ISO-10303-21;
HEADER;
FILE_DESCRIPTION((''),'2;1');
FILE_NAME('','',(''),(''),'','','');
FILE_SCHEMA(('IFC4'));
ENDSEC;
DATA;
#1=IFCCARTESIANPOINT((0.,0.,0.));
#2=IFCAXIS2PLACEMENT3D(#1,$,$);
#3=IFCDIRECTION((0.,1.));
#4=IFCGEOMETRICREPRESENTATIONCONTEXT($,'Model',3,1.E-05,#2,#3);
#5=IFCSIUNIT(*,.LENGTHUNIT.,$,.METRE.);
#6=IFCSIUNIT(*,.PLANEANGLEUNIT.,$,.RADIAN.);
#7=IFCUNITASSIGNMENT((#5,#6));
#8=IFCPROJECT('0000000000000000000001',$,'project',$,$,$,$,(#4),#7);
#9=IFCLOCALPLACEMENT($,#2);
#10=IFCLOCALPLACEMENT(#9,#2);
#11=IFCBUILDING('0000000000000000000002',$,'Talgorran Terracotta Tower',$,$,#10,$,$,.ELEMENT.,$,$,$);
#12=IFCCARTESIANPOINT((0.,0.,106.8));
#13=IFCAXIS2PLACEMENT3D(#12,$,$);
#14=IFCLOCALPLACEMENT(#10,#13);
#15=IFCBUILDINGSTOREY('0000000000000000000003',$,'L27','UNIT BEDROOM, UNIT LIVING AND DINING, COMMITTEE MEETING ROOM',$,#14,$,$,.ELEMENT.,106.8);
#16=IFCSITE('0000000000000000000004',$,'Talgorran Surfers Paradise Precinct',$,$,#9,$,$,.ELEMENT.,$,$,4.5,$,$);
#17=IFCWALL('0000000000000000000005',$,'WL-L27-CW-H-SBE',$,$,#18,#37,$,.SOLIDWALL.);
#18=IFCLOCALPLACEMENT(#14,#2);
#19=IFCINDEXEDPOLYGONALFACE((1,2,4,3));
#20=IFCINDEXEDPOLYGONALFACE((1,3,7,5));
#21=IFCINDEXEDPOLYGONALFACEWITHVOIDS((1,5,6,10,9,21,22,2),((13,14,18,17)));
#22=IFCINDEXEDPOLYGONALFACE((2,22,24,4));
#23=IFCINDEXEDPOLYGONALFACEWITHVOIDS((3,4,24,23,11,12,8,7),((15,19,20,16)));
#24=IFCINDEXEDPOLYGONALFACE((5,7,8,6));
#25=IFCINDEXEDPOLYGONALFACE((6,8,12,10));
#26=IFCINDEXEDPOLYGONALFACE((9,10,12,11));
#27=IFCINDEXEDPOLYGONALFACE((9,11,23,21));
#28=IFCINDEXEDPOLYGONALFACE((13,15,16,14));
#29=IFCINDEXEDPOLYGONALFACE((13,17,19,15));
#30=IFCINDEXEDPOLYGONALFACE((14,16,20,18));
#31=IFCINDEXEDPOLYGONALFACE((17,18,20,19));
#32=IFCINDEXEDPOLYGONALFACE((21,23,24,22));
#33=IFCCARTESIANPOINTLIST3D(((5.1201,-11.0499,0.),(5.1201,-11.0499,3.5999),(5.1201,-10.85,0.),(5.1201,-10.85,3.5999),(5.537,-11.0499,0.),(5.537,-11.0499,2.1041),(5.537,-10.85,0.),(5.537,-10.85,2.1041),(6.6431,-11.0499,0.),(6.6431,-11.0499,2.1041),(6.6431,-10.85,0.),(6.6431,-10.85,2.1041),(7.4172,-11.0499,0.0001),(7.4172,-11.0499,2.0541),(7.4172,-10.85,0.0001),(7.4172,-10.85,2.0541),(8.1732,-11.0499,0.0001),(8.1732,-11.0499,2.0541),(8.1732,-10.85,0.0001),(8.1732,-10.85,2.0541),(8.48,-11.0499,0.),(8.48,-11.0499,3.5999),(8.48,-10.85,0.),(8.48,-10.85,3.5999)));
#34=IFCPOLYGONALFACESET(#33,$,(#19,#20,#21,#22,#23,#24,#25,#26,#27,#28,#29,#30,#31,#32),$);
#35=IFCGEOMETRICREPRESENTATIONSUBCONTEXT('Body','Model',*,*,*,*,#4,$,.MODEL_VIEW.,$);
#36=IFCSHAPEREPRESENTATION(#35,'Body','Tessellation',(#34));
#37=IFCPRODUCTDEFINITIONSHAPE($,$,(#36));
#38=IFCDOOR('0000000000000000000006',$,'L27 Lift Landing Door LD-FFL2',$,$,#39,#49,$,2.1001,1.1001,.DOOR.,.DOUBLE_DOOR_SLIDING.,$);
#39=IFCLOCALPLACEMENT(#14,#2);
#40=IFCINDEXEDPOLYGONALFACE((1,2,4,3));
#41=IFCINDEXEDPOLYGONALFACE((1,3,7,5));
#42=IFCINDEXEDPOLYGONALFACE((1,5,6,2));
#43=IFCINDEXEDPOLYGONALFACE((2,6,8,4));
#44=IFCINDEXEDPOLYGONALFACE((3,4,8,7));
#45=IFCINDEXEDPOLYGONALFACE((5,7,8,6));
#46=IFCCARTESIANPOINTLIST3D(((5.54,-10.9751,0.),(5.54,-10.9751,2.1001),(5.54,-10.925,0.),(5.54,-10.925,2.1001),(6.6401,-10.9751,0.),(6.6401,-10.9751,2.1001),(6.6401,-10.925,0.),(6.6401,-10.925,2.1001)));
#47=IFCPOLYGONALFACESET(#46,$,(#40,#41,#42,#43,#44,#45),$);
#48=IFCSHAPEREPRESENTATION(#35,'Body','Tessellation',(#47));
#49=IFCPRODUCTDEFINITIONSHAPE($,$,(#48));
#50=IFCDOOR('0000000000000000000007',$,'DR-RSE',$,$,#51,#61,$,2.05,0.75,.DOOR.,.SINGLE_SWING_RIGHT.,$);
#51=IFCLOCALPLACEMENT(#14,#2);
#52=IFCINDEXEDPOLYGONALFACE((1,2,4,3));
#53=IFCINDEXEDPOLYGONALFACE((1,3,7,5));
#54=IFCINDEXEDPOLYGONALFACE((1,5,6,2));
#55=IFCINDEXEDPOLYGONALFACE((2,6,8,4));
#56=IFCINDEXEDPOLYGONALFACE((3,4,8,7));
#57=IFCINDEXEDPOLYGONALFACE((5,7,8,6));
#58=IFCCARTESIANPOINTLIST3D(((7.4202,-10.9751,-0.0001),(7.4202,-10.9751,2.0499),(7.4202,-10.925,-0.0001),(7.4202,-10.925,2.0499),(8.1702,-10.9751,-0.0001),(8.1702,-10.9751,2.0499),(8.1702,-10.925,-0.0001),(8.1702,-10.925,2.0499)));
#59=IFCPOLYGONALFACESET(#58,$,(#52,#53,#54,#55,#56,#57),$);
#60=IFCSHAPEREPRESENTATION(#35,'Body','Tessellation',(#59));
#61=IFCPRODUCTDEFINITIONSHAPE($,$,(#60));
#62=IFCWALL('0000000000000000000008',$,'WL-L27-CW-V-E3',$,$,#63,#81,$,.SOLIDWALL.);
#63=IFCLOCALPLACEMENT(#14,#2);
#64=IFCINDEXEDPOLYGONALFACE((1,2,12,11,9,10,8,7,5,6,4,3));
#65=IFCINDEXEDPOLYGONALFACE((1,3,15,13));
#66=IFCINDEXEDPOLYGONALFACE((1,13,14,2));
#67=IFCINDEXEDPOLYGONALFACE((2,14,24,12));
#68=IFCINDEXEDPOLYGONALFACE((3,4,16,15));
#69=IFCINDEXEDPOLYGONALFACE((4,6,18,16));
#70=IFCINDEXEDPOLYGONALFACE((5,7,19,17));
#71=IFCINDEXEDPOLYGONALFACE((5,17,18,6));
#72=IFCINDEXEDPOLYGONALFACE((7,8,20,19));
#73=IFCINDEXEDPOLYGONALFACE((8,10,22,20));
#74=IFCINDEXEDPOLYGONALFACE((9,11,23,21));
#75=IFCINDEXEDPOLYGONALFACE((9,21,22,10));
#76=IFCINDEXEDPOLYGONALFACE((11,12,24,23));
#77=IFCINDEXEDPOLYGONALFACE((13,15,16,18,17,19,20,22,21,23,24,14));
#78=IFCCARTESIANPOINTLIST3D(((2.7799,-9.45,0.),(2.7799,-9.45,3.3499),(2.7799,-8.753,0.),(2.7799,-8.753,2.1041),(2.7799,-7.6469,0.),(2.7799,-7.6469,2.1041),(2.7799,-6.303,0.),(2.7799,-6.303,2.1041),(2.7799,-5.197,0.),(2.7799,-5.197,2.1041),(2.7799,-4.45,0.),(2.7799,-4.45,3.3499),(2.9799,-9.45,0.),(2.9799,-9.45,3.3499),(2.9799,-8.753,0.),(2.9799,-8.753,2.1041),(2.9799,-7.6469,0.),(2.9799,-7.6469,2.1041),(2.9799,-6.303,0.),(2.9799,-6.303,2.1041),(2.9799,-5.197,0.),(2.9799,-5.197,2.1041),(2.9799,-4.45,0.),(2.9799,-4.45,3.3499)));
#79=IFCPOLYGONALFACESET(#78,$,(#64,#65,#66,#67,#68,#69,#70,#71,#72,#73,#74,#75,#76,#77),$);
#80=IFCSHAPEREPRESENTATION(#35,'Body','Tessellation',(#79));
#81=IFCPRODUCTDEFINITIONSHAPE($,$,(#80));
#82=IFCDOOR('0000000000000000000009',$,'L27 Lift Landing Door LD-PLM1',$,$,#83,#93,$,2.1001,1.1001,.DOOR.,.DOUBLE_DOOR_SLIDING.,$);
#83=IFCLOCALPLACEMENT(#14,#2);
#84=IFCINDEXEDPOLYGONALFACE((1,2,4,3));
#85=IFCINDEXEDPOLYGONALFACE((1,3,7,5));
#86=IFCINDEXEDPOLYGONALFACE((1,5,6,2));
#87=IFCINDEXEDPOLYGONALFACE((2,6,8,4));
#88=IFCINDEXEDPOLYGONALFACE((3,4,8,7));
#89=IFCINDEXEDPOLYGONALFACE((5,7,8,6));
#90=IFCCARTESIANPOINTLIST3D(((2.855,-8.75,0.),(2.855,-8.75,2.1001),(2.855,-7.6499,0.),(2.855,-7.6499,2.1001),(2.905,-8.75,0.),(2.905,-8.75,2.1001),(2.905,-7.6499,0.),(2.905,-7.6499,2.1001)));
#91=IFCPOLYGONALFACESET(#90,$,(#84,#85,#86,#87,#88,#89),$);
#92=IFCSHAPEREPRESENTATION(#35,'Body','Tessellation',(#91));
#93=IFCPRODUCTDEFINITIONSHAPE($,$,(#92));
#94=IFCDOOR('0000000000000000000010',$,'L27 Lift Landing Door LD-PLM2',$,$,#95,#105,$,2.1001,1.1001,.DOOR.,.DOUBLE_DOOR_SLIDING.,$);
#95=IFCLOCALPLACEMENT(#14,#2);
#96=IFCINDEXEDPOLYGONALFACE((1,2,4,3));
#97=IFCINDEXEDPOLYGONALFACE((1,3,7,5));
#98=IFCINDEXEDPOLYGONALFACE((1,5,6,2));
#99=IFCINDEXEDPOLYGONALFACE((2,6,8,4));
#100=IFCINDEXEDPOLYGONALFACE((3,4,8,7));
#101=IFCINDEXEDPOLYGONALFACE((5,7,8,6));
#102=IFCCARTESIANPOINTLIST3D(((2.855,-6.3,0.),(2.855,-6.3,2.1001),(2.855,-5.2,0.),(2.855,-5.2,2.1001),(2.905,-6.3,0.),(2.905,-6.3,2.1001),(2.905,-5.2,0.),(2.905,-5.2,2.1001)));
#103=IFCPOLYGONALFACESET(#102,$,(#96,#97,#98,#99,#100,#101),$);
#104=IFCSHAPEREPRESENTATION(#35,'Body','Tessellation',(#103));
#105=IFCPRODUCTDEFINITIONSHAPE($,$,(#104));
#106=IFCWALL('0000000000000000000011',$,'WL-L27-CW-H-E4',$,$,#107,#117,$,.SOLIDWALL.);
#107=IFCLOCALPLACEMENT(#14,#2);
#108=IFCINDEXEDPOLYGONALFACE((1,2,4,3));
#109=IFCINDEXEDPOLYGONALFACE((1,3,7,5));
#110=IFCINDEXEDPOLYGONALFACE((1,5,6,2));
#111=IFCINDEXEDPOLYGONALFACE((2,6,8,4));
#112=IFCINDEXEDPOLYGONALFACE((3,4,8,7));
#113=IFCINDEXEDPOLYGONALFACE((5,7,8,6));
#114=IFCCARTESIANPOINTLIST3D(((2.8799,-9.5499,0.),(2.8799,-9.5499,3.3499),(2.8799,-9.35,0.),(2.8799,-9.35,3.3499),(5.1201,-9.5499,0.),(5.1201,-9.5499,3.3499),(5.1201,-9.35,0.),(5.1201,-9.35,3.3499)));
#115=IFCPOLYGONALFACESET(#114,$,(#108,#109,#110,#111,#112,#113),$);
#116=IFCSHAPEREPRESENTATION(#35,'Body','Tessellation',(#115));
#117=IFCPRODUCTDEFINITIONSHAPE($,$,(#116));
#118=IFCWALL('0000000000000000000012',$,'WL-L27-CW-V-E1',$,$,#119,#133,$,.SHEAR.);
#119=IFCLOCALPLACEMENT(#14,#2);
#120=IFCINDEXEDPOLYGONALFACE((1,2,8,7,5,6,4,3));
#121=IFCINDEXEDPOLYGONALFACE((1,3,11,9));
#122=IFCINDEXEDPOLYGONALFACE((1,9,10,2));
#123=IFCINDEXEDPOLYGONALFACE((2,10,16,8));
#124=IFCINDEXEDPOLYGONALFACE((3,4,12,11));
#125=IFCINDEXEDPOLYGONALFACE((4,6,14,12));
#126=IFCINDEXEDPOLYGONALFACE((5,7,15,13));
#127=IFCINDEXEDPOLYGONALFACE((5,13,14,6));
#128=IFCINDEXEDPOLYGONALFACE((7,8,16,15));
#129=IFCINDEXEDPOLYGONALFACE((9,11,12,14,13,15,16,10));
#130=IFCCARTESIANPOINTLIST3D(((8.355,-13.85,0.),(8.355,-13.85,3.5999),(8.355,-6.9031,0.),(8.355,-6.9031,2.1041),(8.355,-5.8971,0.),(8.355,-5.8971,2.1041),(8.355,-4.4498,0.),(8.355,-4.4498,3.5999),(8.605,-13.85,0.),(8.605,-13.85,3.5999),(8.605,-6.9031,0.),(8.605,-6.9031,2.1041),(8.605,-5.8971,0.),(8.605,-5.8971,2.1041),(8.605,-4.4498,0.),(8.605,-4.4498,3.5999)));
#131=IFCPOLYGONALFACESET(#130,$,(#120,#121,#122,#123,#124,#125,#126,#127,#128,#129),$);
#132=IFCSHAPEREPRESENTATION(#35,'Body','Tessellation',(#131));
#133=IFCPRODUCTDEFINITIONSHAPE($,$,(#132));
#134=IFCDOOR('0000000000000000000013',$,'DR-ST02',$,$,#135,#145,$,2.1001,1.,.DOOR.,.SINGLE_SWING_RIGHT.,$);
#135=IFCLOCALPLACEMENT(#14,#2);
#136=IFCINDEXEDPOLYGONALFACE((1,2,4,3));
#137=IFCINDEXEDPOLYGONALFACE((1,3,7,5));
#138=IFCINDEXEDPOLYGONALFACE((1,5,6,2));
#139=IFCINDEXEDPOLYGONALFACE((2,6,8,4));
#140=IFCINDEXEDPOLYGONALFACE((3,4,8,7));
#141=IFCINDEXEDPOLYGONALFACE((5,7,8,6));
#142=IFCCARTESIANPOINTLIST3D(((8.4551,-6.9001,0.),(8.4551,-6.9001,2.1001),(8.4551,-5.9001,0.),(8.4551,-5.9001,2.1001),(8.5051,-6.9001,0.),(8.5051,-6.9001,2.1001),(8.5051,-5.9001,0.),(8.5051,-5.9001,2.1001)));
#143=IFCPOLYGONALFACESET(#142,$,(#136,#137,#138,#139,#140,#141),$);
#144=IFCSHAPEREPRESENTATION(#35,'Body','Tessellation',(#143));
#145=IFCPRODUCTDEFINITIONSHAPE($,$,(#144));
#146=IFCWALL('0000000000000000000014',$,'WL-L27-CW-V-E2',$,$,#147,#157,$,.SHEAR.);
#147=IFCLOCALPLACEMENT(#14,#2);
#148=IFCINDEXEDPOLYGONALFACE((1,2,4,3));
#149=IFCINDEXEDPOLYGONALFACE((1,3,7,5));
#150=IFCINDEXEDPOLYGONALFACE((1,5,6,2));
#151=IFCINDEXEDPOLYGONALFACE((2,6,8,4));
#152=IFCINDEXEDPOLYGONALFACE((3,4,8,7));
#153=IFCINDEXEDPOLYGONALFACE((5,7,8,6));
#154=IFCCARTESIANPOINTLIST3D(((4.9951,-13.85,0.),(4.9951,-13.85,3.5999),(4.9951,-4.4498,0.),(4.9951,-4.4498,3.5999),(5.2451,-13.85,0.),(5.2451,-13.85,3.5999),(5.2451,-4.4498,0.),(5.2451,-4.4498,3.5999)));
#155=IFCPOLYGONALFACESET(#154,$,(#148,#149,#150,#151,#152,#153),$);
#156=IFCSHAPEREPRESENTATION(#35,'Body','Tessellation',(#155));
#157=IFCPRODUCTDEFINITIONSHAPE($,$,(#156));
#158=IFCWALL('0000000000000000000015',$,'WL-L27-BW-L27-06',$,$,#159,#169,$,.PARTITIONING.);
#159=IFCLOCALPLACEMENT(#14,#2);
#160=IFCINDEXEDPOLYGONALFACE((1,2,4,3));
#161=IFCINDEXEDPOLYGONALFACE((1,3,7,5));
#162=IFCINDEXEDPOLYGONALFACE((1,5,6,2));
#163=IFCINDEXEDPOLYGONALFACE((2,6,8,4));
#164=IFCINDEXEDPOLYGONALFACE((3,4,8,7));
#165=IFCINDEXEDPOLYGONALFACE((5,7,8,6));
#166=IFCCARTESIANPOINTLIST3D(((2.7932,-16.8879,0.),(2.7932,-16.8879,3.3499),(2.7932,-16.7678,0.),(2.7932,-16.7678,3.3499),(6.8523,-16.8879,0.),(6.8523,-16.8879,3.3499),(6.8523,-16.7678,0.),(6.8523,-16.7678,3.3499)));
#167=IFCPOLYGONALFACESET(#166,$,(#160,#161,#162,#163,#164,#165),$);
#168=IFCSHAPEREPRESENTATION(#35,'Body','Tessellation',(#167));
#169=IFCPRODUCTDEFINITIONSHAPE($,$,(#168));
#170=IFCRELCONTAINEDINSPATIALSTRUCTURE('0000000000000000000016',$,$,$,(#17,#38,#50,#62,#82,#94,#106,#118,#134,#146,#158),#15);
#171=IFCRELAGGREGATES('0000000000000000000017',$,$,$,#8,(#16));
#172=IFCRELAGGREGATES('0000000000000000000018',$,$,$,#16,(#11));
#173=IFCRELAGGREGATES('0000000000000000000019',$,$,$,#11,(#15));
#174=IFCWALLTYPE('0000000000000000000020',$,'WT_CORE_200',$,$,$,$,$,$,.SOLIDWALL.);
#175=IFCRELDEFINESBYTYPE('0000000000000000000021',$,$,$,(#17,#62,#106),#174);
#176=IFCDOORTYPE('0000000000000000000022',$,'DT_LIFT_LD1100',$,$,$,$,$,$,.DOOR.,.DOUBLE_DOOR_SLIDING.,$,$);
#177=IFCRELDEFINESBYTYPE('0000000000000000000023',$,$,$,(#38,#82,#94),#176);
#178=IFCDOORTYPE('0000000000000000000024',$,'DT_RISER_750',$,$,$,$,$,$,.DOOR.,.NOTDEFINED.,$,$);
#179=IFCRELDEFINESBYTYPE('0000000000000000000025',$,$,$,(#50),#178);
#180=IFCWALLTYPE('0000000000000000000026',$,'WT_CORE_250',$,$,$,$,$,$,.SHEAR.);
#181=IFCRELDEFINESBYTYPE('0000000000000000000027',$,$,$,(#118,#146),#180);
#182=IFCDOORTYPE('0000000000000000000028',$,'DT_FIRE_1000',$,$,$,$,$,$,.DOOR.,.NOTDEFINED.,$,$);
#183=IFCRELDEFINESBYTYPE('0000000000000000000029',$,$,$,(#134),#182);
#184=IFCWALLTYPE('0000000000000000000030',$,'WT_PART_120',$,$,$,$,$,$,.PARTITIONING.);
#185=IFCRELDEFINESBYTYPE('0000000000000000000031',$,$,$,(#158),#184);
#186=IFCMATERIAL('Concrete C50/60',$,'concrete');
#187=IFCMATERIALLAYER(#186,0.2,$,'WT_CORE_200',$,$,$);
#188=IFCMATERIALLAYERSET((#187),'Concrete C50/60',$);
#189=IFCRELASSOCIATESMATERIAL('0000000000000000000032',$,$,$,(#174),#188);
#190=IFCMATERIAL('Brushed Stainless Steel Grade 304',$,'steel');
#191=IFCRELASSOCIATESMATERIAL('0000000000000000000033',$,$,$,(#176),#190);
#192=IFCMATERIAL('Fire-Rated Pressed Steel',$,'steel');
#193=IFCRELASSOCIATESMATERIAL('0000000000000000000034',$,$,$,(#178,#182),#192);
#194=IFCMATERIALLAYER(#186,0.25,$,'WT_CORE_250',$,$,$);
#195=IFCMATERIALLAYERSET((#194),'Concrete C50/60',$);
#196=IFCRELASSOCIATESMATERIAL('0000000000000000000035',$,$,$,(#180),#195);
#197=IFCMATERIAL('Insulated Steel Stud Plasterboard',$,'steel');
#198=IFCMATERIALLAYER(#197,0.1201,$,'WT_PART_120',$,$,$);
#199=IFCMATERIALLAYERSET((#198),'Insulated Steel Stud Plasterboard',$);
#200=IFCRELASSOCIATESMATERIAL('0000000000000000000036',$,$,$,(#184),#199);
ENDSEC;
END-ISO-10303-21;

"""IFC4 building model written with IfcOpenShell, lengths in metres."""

from ifc_helpers import new_model, si_unit, direction, frame, frame_2d, origin, place, context, subcontext, project, spatial, rectangle, extrude, material, layer, layer_set, type_object, element, fill, save


model = new_model("IFC4")

# Units and contexts
model_context = context("Model", 3, precision=1e-05, world=origin(), true_north=direction((0.0, 1.0)))
body_context = subcontext(model_context, "Body", "Model", "MODEL_VIEW")
ifc_project = project(units=[si_unit("LENGTHUNIT", "METRE"), si_unit("PLANEANGLEUNIT", "RADIAN")], contexts=[model_context])

# Site, building, storey
site_placement = place(None, origin())
site = spatial("IfcSite", under=ifc_project, at=site_placement, Name="Talgorran Surfers Paradise Precinct", CompositionType="ELEMENT", RefElevation=4.5)
building_placement = place(site_placement, origin())
building = spatial("IfcBuilding", under=site, at=building_placement, Name="Talgorran Terracotta Tower", CompositionType="ELEMENT")
storey_placement = place(building_placement, frame((0.0, 0.0, 106.8)))
storey = spatial("IfcBuildingStorey", under=building, at=storey_placement, Name="L27", Description="UNIT BEDROOM, UNIT LIVING AND DINING, COMMITTEE MEETING ROOM", CompositionType="ELEMENT", Elevation=106.8)

# Shared definitions
ifc_material_1 = material(Name="Concrete C50/60", Category="concrete")
ifc_layer_1 = layer(ifc_material_1, 0.2, Name="WT_CORE_200")
ifc_layer_set_1 = layer_set([ifc_layer_1], Name="Concrete C50/60")
wall_type_1 = type_object("IfcWallType", Name="WT_CORE_200", PredefinedType="SOLIDWALL", material=ifc_layer_set_1)

# Walls, openings, doors
wall_1_placement = place(storey_placement, frame((5.1201, -10.95, 0.0), z_axis=(0.0, 0.0, 1.0), x_axis=(1.0, 0.0, 0.0)))
wall_1 = element("IfcWall", 1, at=wall_1_placement, inside=storey, type_object=wall_type_1, Name="WL-L27-CW-H-SBE", PredefinedType="SOLIDWALL", context=body_context, shape_type="SweptSolid", body=[
    extrude(rectangle(XDim=3.3599, YDim=0.2, at=frame_2d((1.6799, 0.0))), origin(), (0.0, 0.0, 1.0), 3.5999),
])
opening_1_placement = place(wall_1_placement, frame((0.4199, 0.0, 0.0)))
opening_1 = element("IfcOpeningElement", 2, at=opening_1_placement, cuts=wall_1, PredefinedType="OPENING", context=body_context, shape_type="SweptSolid", body=[
    extrude(rectangle(XDim=1.1061, YDim=2.1041, at=frame_2d((0.55, 1.052))), frame((0.0, 0.1099, 0.0), z_axis=(0.0, -1.0, 0.0), x_axis=(1.0, 0.0, 0.0)), (0.0, 0.0, 1.0), 0.22),
])
opening_2_placement = place(wall_1_placement, frame((2.3, 0.0, 0.0)))
opening_2 = element("IfcOpeningElement", 3, at=opening_2_placement, cuts=wall_1, PredefinedType="OPENING", context=body_context, shape_type="SweptSolid", body=[
    extrude(rectangle(XDim=0.756, YDim=2.054, at=frame_2d((0.375, 1.0271))), frame((0.0, 0.1099, 0.0), z_axis=(0.0, -1.0, 0.0), x_axis=(1.0, 0.0, 0.0)), (0.0, 0.0, 1.0), 0.22),
])
ifc_material_2 = material(Name="Brushed Stainless Steel Grade 304", Category="steel")
door_type_1 = type_object("IfcDoorType", Name="DT_LIFT_LD1100", OperationType="DOUBLE_DOOR_SLIDING", PredefinedType="DOOR", material=ifc_material_2)
door_1_placement = place(opening_1_placement, origin())
door_1 = element("IfcDoor", 4, at=door_1_placement, inside=storey, type_object=door_type_1, Name="L27 Lift Landing Door LD-FFL2", OperationType="DOUBLE_DOOR_SLIDING", OverallHeight=2.1001, OverallWidth=1.1001, PredefinedType="DOOR", context=body_context, shape_type="SweptSolid", body=[
    extrude(rectangle(XDim=1.1001, YDim=2.1001, at=frame_2d((0.55, 1.05))), frame((0.0, 0.0249, 0.0), z_axis=(0.0, -1.0, 0.0), x_axis=(1.0, 0.0, 0.0)), (0.0, 0.0, 1.0), 0.05),
])
fill(opening_1, door_1)
ifc_material_3 = material(Name="Fire-Rated Pressed Steel", Category="steel")
door_type_2 = type_object("IfcDoorType", Name="DT_RISER_750", OperationType="NOTDEFINED", PredefinedType="DOOR", material=ifc_material_3)
door_2_placement = place(opening_2_placement, origin())
door_2 = element("IfcDoor", 5, at=door_2_placement, inside=storey, type_object=door_type_2, Name="DR-RSE", OperationType="SINGLE_SWING_RIGHT", OverallHeight=2.05, OverallWidth=0.75, PredefinedType="DOOR", context=body_context, shape_type="SweptSolid", body=[
    extrude(rectangle(XDim=0.75, YDim=2.05, at=frame_2d((0.375, 1.0249))), frame((0.0, 0.0249, 0.0), z_axis=(0.0, -1.0, 0.0), x_axis=(1.0, 0.0, 0.0)), (0.0, 0.0, 1.0), 0.05),
])
fill(opening_2, door_2)
wall_2_placement = place(storey_placement, frame((2.8799, -9.45, 0.0), z_axis=(0.0, 0.0, 1.0), x_axis=(0.0, 1.0, 0.0)))
wall_2 = element("IfcWall", 6, at=wall_2_placement, inside=storey, type_object=wall_type_1, Name="WL-L27-CW-V-E3", PredefinedType="SOLIDWALL", context=body_context, shape_type="SweptSolid", body=[
    extrude(rectangle(XDim=5.0, YDim=0.2, at=frame_2d((2.5, 0.0))), origin(), (0.0, 0.0, 1.0), 3.3499),
])
opening_3_placement = place(wall_2_placement, frame((0.7, 0.0, 0.0)))
opening_3 = element("IfcOpeningElement", 7, at=opening_3_placement, cuts=wall_2, PredefinedType="OPENING", context=body_context, shape_type="SweptSolid", body=[
    extrude(rectangle(XDim=1.1061, YDim=2.1041, at=frame_2d((0.55, 1.052))), frame((0.0, 0.1099, 0.0), z_axis=(0.0, -1.0, 0.0), x_axis=(1.0, 0.0, 0.0)), (0.0, 0.0, 1.0), 0.22),
])
opening_4_placement = place(wall_2_placement, frame((3.1499, 0.0, 0.0)))
opening_4 = element("IfcOpeningElement", 8, at=opening_4_placement, cuts=wall_2, PredefinedType="OPENING", context=body_context, shape_type="SweptSolid", body=[
    extrude(rectangle(XDim=1.1061, YDim=2.1041, at=frame_2d((0.55, 1.052))), frame((0.0, 0.1099, 0.0), z_axis=(0.0, -1.0, 0.0), x_axis=(1.0, 0.0, 0.0)), (0.0, 0.0, 1.0), 0.22),
])
door_3_placement = place(opening_3_placement, origin())
door_3 = element("IfcDoor", 9, at=door_3_placement, inside=storey, type_object=door_type_1, Name="L27 Lift Landing Door LD-PLM1", OperationType="DOUBLE_DOOR_SLIDING", OverallHeight=2.1001, OverallWidth=1.1001, PredefinedType="DOOR", context=body_context, shape_type="SweptSolid", body=[
    extrude(rectangle(XDim=1.1001, YDim=2.1001, at=frame_2d((0.55, 1.05))), frame((0.0, 0.0249, 0.0), z_axis=(0.0, -1.0, 0.0), x_axis=(1.0, 0.0, 0.0)), (0.0, 0.0, 1.0), 0.05),
])
fill(opening_3, door_3)
door_4_placement = place(opening_4_placement, origin())
door_4 = element("IfcDoor", 10, at=door_4_placement, inside=storey, type_object=door_type_1, Name="L27 Lift Landing Door LD-PLM2", OperationType="DOUBLE_DOOR_SLIDING", OverallHeight=2.1001, OverallWidth=1.1001, PredefinedType="DOOR", context=body_context, shape_type="SweptSolid", body=[
    extrude(rectangle(XDim=1.1001, YDim=2.1001, at=frame_2d((0.55, 1.05))), frame((0.0, 0.0249, 0.0), z_axis=(0.0, -1.0, 0.0), x_axis=(1.0, 0.0, 0.0)), (0.0, 0.0, 1.0), 0.05),
])
fill(opening_4, door_4)

# Wall
wall_3_placement = place(storey_placement, frame((2.8799, -9.45, 0.0), z_axis=(0.0, 0.0, 1.0), x_axis=(1.0, 0.0, 0.0)))
element("IfcWall", 11, at=wall_3_placement, inside=storey, type_object=wall_type_1, Name="WL-L27-CW-H-E4", PredefinedType="SOLIDWALL", context=body_context, shape_type="SweptSolid", body=[
    extrude(rectangle(XDim=2.2402, YDim=0.2, at=frame_2d((1.1201, 0.0))), origin(), (0.0, 0.0, 1.0), 3.3499),
])

# Wall, opening, door
ifc_layer_2 = layer(ifc_material_1, 0.25, Name="WT_CORE_250")
ifc_layer_set_2 = layer_set([ifc_layer_2], Name="Concrete C50/60")
wall_type_2 = type_object("IfcWallType", Name="WT_CORE_250", PredefinedType="SHEAR", material=ifc_layer_set_2)
wall_4_placement = place(storey_placement, frame((8.48, -13.8501, 0.0), z_axis=(0.0, 0.0, 1.0), x_axis=(0.0, 1.0, 0.0)))
wall_4 = element("IfcWall", 12, at=wall_4_placement, inside=storey, type_object=wall_type_2, Name="WL-L27-CW-V-E1", PredefinedType="SHEAR", context=body_context, shape_type="SweptSolid", body=[
    extrude(rectangle(XDim=9.4001, YDim=0.25, at=frame_2d((4.7002, 0.0))), origin(), (0.0, 0.0, 1.0), 3.5999),
])
opening_5_placement = place(wall_4_placement, frame((6.95, 0.0, 0.0)))
opening_5 = element("IfcOpeningElement", 13, at=opening_5_placement, cuts=wall_4, PredefinedType="OPENING", context=body_context, shape_type="SweptSolid", body=[
    extrude(rectangle(XDim=1.006, YDim=2.1041, at=frame_2d((0.5, 1.052))), frame((0.0, 0.135, 0.0), z_axis=(0.0, -1.0, 0.0), x_axis=(1.0, 0.0, 0.0)), (0.0, 0.0, 1.0), 0.27),
])
door_type_3 = type_object("IfcDoorType", Name="DT_FIRE_1000", OperationType="NOTDEFINED", PredefinedType="DOOR", material=ifc_material_3)
door_5_placement = place(opening_5_placement, origin())
door_5 = element("IfcDoor", 14, at=door_5_placement, inside=storey, type_object=door_type_3, Name="DR-ST02", OperationType="SINGLE_SWING_RIGHT", OverallHeight=2.1001, OverallWidth=1.0, PredefinedType="DOOR", context=body_context, shape_type="SweptSolid", body=[
    extrude(rectangle(XDim=1.0, YDim=2.1001, at=frame_2d((0.5, 1.05))), frame((0.0, 0.0249, 0.0), z_axis=(0.0, -1.0, 0.0), x_axis=(1.0, 0.0, 0.0)), (0.0, 0.0, 1.0), 0.05),
])
fill(opening_5, door_5)

# Walls
wall_5_placement = place(storey_placement, frame((5.1201, -13.8501, 0.0), z_axis=(0.0, 0.0, 1.0), x_axis=(0.0, 1.0, 0.0)))
element("IfcWall", 15, at=wall_5_placement, inside=storey, type_object=wall_type_2, Name="WL-L27-CW-V-E2", PredefinedType="SHEAR", context=body_context, shape_type="SweptSolid", body=[
    extrude(rectangle(XDim=9.4001, YDim=0.25, at=frame_2d((4.7002, 0.0))), origin(), (0.0, 0.0, 1.0), 3.5999),
])
ifc_material_4 = material(Name="Insulated Steel Stud Plasterboard", Category="steel")
ifc_layer_3 = layer(ifc_material_4, 0.1201, Name="WT_PART_120")
ifc_layer_set_3 = layer_set([ifc_layer_3], Name="Insulated Steel Stud Plasterboard")
wall_type_3 = type_object("IfcWallType", Name="WT_PART_120", PredefinedType="PARTITIONING", material=ifc_layer_set_3)
wall_6_placement = place(storey_placement, frame((2.7932, -16.8279, 0.0), z_axis=(0.0, 0.0, 1.0), x_axis=(1.0, 0.0, 0.0)))
element("IfcWall", 16, at=wall_6_placement, inside=storey, type_object=wall_type_3, Name="WL-L27-BW-L27-06", PredefinedType="PARTITIONING", context=body_context, shape_type="SweptSolid", body=[
    extrude(rectangle(XDim=4.0591, YDim=0.1201, at=frame_2d((2.0295, 0.0))), origin(), (0.0, 0.0, 1.0), 3.3499),
])

save(model, "model.ifc")
